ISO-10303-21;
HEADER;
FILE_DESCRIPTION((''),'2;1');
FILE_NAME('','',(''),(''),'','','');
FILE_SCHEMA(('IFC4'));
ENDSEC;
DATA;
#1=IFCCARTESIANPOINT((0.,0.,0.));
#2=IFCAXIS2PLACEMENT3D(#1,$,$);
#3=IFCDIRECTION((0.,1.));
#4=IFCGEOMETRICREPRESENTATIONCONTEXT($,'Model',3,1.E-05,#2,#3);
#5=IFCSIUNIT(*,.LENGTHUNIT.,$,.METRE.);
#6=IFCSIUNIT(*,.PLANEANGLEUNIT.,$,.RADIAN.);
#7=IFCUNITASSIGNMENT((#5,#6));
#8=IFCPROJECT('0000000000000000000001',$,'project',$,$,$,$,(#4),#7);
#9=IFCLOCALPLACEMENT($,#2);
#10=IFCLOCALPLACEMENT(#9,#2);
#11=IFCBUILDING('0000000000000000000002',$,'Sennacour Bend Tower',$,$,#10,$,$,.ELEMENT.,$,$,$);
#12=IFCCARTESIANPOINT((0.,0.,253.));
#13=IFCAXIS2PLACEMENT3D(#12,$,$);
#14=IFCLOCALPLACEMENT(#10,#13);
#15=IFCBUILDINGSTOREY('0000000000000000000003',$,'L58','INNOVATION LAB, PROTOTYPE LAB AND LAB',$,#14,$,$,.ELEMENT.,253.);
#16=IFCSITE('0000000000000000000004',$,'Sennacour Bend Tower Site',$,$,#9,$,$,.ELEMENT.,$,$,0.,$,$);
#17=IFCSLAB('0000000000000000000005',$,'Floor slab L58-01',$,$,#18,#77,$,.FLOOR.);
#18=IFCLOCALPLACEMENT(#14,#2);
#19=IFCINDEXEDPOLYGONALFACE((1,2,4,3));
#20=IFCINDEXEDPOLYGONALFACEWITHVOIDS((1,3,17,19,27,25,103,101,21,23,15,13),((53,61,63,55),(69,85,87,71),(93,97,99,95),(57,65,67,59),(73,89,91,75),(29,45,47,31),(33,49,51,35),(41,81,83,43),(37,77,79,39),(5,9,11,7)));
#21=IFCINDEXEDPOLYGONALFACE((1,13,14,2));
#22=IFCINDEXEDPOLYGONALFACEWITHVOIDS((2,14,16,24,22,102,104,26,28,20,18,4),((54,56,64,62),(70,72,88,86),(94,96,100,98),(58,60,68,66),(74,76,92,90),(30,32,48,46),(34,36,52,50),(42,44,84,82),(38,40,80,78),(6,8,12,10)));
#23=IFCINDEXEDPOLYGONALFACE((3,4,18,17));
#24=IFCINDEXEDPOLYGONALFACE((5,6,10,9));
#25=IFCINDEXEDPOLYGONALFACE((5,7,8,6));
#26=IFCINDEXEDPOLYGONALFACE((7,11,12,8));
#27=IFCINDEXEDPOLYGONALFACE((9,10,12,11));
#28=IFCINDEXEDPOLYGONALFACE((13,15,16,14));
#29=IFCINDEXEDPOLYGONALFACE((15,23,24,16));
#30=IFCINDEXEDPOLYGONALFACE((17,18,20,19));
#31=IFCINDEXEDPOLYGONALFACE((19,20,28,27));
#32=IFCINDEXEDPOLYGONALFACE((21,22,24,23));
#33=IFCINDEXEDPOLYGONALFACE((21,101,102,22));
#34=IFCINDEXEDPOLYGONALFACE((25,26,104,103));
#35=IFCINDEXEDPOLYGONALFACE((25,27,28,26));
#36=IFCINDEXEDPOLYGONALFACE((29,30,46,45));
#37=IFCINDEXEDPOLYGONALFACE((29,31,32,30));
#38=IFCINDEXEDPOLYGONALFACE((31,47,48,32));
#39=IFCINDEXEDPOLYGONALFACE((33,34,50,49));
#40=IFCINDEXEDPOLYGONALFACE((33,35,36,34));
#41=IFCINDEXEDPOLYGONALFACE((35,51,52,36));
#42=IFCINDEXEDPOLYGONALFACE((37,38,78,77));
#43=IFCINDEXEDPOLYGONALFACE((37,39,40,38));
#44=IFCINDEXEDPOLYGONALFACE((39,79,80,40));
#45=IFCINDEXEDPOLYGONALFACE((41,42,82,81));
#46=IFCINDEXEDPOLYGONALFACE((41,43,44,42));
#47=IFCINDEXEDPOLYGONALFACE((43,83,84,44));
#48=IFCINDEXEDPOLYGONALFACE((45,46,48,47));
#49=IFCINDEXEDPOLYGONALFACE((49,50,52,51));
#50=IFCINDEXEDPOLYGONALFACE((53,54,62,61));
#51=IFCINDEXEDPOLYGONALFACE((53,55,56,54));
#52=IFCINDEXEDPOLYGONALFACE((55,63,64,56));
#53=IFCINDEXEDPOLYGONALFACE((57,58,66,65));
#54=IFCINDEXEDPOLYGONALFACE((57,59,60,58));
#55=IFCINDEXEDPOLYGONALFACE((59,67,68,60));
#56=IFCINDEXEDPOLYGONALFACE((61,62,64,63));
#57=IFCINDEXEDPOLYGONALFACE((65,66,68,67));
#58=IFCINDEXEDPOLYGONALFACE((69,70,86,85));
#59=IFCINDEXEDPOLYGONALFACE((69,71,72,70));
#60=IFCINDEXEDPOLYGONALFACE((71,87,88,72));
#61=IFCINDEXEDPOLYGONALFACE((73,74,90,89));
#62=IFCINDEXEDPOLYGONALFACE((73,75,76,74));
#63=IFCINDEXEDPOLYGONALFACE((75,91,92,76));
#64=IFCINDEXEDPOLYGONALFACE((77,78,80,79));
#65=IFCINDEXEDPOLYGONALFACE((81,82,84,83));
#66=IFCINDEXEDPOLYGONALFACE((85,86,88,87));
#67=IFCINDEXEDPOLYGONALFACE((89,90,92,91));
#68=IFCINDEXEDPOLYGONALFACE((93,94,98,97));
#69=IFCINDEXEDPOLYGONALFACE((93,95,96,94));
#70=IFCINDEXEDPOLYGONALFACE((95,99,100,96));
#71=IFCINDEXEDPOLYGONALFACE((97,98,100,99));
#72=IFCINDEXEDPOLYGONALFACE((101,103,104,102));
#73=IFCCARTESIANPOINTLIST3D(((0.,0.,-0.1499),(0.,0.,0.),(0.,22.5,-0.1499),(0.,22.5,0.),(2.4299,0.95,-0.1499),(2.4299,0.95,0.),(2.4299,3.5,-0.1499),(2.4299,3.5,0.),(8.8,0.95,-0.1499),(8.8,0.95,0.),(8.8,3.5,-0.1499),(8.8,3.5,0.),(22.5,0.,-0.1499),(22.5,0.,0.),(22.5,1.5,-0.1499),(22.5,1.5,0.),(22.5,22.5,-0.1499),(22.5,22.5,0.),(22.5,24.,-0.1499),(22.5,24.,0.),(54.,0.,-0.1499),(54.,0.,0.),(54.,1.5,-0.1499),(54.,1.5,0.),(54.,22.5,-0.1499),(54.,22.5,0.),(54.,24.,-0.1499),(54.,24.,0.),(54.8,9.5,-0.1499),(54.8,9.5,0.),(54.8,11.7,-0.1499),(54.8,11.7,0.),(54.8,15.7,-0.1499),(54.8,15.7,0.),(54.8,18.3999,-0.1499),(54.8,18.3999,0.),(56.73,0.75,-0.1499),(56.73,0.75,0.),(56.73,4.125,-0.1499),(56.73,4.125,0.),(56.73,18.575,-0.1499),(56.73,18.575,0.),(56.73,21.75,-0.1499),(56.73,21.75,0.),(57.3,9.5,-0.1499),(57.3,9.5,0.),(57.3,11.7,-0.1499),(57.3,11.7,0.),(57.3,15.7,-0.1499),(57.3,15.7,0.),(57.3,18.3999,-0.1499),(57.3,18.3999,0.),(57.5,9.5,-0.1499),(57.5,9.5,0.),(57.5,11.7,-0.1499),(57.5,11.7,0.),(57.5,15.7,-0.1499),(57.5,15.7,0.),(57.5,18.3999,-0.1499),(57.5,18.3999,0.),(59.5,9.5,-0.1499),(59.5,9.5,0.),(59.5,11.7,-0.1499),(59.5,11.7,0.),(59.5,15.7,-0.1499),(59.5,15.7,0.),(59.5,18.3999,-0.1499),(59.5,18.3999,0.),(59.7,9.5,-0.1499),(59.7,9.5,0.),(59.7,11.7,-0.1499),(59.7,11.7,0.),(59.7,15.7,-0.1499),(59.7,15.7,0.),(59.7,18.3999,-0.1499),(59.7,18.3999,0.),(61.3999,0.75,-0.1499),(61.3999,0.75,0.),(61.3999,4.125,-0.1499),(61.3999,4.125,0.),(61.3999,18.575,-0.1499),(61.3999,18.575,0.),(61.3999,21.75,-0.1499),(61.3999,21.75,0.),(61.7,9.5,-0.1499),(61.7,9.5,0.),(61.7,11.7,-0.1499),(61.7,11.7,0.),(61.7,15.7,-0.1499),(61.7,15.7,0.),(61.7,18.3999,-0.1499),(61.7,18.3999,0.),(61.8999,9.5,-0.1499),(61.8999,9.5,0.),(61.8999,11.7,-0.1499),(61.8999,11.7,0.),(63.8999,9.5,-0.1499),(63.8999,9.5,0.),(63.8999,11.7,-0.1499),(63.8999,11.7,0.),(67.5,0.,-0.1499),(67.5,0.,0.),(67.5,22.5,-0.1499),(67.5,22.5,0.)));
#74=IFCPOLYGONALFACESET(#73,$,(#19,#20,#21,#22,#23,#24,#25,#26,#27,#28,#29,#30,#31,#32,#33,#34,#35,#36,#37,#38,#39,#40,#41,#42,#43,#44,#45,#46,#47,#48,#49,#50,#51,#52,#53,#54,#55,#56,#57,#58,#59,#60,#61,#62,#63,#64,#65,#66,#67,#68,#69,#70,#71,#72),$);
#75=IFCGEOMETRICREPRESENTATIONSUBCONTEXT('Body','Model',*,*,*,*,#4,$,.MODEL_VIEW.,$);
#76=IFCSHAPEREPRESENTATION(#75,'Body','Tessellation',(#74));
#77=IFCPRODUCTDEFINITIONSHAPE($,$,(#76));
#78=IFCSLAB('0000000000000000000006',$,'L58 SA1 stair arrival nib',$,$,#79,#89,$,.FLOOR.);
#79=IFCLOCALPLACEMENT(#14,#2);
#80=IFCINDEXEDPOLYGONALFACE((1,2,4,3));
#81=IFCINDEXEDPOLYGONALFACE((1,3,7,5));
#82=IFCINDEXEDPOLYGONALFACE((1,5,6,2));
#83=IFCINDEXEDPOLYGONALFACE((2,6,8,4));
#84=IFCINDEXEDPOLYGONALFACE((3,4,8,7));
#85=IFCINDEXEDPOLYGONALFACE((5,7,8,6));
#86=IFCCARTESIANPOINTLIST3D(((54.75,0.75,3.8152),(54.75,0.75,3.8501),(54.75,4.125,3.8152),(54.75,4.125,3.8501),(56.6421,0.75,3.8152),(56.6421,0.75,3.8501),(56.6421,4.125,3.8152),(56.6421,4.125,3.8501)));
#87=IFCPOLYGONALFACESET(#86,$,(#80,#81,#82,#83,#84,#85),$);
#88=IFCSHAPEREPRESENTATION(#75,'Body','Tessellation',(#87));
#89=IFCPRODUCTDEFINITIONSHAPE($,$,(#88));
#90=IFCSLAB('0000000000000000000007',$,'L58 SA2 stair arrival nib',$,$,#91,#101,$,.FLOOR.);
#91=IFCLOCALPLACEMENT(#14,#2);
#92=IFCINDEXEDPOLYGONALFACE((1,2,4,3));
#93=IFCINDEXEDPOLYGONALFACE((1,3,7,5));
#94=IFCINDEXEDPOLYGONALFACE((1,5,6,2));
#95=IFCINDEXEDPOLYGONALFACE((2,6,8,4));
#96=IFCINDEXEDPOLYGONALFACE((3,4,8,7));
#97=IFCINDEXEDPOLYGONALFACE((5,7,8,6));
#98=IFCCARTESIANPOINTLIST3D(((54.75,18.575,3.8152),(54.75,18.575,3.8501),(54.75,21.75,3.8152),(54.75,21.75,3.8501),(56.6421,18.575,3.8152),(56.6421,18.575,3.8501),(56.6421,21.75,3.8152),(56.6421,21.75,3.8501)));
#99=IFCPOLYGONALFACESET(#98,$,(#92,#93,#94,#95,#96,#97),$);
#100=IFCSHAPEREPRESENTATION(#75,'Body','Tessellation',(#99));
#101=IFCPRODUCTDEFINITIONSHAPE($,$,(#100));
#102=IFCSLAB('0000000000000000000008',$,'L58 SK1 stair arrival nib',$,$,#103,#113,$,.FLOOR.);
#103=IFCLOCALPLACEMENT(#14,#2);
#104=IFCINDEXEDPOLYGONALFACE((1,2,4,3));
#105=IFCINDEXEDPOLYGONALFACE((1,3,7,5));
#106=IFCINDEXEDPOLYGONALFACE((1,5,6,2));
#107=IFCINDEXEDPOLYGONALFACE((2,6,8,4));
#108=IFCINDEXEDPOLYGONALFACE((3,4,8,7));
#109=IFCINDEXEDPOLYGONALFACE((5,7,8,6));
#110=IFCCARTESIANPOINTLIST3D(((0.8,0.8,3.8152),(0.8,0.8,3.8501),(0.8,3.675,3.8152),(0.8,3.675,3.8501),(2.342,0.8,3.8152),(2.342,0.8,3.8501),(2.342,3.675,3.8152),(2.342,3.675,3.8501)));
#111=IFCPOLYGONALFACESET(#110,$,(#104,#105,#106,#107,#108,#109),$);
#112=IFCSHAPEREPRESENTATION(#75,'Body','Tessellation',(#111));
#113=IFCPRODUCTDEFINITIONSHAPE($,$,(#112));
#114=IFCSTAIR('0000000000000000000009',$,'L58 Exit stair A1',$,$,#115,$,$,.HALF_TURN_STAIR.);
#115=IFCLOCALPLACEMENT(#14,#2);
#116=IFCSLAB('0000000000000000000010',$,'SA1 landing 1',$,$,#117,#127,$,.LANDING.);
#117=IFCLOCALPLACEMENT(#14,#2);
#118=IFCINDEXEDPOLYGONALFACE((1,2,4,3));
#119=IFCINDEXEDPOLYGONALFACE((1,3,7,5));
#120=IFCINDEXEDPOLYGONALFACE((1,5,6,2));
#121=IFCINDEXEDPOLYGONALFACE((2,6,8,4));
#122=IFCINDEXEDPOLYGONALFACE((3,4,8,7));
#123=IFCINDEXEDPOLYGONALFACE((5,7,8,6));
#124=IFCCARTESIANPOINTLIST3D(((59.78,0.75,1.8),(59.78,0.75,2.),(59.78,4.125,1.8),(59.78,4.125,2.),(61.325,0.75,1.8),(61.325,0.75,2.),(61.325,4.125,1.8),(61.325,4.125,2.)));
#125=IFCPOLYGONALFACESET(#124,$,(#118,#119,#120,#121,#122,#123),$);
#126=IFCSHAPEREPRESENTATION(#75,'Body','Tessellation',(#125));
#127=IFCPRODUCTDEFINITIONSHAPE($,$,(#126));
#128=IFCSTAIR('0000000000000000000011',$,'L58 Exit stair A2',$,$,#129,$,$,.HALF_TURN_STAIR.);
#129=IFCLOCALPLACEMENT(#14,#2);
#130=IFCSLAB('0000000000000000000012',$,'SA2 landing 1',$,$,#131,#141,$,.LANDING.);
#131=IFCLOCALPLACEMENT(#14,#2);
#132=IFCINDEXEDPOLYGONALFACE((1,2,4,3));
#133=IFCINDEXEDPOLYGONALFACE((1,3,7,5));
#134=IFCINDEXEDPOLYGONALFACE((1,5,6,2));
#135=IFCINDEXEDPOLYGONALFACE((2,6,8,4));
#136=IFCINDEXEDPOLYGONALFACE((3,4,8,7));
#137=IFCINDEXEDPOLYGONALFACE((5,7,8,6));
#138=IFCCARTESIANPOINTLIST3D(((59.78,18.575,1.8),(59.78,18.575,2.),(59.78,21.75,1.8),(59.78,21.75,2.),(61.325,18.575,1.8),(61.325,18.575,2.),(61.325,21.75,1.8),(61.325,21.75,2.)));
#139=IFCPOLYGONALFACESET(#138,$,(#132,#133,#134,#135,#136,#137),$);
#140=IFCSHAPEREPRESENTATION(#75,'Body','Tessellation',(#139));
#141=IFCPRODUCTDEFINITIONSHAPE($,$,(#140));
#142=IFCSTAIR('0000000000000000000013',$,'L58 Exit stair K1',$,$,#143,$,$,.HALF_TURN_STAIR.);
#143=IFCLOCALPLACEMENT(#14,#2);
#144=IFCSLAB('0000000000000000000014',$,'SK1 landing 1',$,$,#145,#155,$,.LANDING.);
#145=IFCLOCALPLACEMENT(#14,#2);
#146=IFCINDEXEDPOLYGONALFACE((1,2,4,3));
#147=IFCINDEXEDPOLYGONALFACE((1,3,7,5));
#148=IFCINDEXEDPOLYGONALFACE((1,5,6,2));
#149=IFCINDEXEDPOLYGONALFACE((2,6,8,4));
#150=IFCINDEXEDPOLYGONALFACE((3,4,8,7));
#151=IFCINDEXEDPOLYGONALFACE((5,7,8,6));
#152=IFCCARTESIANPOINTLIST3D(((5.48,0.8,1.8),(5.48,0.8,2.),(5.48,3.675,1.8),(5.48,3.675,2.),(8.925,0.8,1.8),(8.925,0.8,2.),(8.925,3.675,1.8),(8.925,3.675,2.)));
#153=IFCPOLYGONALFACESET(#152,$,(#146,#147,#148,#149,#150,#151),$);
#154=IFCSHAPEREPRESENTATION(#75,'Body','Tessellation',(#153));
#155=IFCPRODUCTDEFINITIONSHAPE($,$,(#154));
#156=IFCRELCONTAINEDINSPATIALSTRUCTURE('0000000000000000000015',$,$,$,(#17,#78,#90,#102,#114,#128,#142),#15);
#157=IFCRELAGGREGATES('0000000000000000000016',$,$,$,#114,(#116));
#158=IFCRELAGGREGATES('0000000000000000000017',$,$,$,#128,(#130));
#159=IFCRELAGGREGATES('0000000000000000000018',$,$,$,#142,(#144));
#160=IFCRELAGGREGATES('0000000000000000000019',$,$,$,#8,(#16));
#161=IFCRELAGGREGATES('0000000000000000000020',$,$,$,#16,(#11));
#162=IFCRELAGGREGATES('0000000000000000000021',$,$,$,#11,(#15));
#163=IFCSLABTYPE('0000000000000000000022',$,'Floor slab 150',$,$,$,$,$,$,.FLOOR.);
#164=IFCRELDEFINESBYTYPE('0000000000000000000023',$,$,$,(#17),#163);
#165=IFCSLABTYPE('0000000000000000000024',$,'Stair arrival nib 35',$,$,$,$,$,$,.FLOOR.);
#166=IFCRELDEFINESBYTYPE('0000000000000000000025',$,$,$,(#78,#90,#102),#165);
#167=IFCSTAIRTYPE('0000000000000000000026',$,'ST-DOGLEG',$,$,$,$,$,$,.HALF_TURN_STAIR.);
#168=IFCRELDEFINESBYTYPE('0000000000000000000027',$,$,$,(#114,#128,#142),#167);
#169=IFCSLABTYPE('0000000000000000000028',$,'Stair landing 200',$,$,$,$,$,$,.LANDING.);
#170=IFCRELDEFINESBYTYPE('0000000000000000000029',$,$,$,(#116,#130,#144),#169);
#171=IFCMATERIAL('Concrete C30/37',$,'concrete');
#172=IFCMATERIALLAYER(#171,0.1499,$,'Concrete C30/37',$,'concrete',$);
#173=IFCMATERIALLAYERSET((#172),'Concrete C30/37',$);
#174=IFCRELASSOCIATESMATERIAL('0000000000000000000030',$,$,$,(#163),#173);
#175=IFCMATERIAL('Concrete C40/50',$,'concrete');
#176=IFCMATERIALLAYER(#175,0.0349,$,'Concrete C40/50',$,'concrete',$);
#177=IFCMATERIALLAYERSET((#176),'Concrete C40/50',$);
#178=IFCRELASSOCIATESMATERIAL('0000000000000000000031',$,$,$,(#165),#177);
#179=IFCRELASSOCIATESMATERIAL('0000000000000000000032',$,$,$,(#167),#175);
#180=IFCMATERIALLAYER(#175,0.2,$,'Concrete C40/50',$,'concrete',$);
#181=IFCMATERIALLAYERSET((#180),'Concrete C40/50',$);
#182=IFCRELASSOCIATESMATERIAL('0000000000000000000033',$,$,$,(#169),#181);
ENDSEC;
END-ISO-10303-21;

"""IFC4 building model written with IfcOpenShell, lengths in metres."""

from ifc_helpers import new_model, si_unit, direction, frame, origin, place, context, subcontext, project, spatial, polyline, outline, extrude, material, layer, layer_set, type_object, element, aggregate, save


model = new_model("IFC4")

# Units and contexts
model_context = context("Model", 3, precision=1e-05, world=origin(), true_north=direction((0.0, 1.0)))
body_context = subcontext(model_context, "Body", "Model", "MODEL_VIEW")
ifc_project = project(units=[si_unit("LENGTHUNIT", "METRE"), si_unit("PLANEANGLEUNIT", "RADIAN")], contexts=[model_context])

# Site, building, storey
site_placement = place(None, origin())
site = spatial("IfcSite", under=ifc_project, at=site_placement, Name="Sennacour Bend Tower Site", CompositionType="ELEMENT", RefElevation=0.0)
building_placement = place(site_placement, origin())
building = spatial("IfcBuilding", under=site, at=building_placement, Name="Sennacour Bend Tower", CompositionType="ELEMENT")
storey_placement = place(building_placement, frame((0.0, 0.0, 253.0)))
storey = spatial("IfcBuildingStorey", under=building, at=storey_placement, Name="L58", Description="INNOVATION LAB, PROTOTYPE LAB AND LAB", CompositionType="ELEMENT", Elevation=253.0)

# Slabs
ifc_material_1 = material(Name="Concrete C30/37", Category="concrete")
ifc_layer_1 = layer(ifc_material_1, 0.1499, Name="Concrete C30/37", Category="concrete")
ifc_layer_set_1 = layer_set([ifc_layer_1], Name="Concrete C30/37")
slab_type_1 = type_object("IfcSlabType", Name="Floor slab 150", PredefinedType="FLOOR", material=ifc_layer_set_1)
slab_1_placement = place(storey_placement, frame((0.0, 0.0, -0.1499)))
element("IfcSlab", 1, at=slab_1_placement, inside=storey, type_object=slab_type_1, Name="Floor slab L58-01", PredefinedType="FLOOR", context=body_context, shape_type="SweptSolid", body=[
    extrude(outline(polyline([(0.0, 0.0), (0.0, 22.5), (22.5, 22.5), (22.5, 24.0), (54.0, 24.0), (54.0, 22.5), (67.5, 22.5), (67.5, 0.0), (54.0, 0.0), (54.0, 1.5), (22.5, 1.5), (22.5, 0.0), (0.0, 0.0)]), holes=[polyline([(8.8, 3.5), (2.4299, 3.5), (2.4299, 0.95), (8.8, 0.95), (8.8, 3.5)]), polyline([(61.3999, 4.125), (56.73, 4.125), (56.73, 0.75), (61.3999, 0.75), (61.3999, 4.125)]), polyline([(57.3, 11.7), (54.8, 11.7), (54.8, 9.5), (57.3, 9.5), (57.3, 11.7)]), polyline([(59.5, 9.5), (59.5, 11.7), (57.5, 11.7), (57.5, 9.5), (59.5, 9.5)]), polyline([(61.7, 9.5), (61.7, 11.7), (59.7, 11.7), (59.7, 9.5), (61.7, 9.5)]), polyline([(63.8999, 11.7), (61.8999, 11.7), (61.8999, 9.5), (63.8999, 9.5), (63.8999, 11.7)]), polyline([(57.3, 18.3999), (54.8, 18.3999), (54.8, 15.7), (57.3, 15.7), (57.3, 18.3999)]), polyline([(59.5, 18.3999), (57.5, 18.3999), (57.5, 15.7), (59.5, 15.7), (59.5, 18.3999)]), polyline([(61.7, 15.7), (61.7, 18.3999), (59.7, 18.3999), (59.7, 15.7), (61.7, 15.7)]), polyline([(61.3999, 18.575), (61.3999, 21.75), (56.73, 21.75), (56.73, 18.575), (61.3999, 18.575)])]), origin(), (0.0, 0.0, 1.0), 0.1499),
])
ifc_material_2 = material(Name="Concrete C40/50", Category="concrete")
ifc_layer_2 = layer(ifc_material_2, 0.0349, Name="Concrete C40/50", Category="concrete")
ifc_layer_set_2 = layer_set([ifc_layer_2], Name="Concrete C40/50")
slab_type_2 = type_object("IfcSlabType", Name="Stair arrival nib 35", PredefinedType="FLOOR", material=ifc_layer_set_2)
slab_2_placement = place(storey_placement, frame((0.0, 0.0, 3.8152)))
element("IfcSlab", 2, at=slab_2_placement, inside=storey, type_object=slab_type_2, Name="L58 SA1 stair arrival nib", PredefinedType="FLOOR", context=body_context, shape_type="SweptSolid", body=[
    extrude(outline(polyline([(56.6421, 4.125), (54.75, 4.125), (54.75, 0.75), (56.6421, 0.75), (56.6421, 4.125)])), origin(), (0.0, 0.0, 1.0), 0.0349),
])
slab_3_placement = place(storey_placement, frame((0.0, 0.0, 3.8152)))
element("IfcSlab", 3, at=slab_3_placement, inside=storey, type_object=slab_type_2, Name="L58 SA2 stair arrival nib", PredefinedType="FLOOR", context=body_context, shape_type="SweptSolid", body=[
    extrude(outline(polyline([(56.6421, 21.75), (54.75, 21.75), (54.75, 18.575), (56.6421, 18.575), (56.6421, 21.75)])), origin(), (0.0, 0.0, 1.0), 0.0349),
])
slab_4_placement = place(storey_placement, frame((0.0, 0.0, 3.8152)))
element("IfcSlab", 4, at=slab_4_placement, inside=storey, type_object=slab_type_2, Name="L58 SK1 stair arrival nib", PredefinedType="FLOOR", context=body_context, shape_type="SweptSolid", body=[
    extrude(outline(polyline([(2.342, 3.675), (0.8, 3.675), (0.8, 0.8), (2.342, 0.8), (2.342, 3.675)])), origin(), (0.0, 0.0, 1.0), 0.0349),
])

# Stairs, slabs
stair_type = type_object("IfcStairType", Name="ST-DOGLEG", PredefinedType="HALF_TURN_STAIR", material=ifc_material_2)
stair_1_placement = place(storey_placement, origin())
stair_1 = element("IfcStair", 5, at=stair_1_placement, inside=storey, type_object=stair_type, Name="L58 Exit stair A1", PredefinedType="HALF_TURN_STAIR")
ifc_layer_3 = layer(ifc_material_2, 0.2, Name="Concrete C40/50", Category="concrete")
ifc_layer_set_3 = layer_set([ifc_layer_3], Name="Concrete C40/50")
slab_type_3 = type_object("IfcSlabType", Name="Stair landing 200", PredefinedType="LANDING", material=ifc_layer_set_3)
slab_5_placement = place(storey_placement, frame((0.0, 0.0, 1.8)))
slab_5 = element("IfcSlab", 6, at=slab_5_placement, type_object=slab_type_3, Name="SA1 landing 1", PredefinedType="LANDING", context=body_context, shape_type="SweptSolid", body=[
    extrude(outline(polyline([(59.78, 0.75), (61.325, 0.75), (61.325, 4.125), (59.78, 4.125), (59.78, 0.75)])), origin(), (0.0, 0.0, 1.0), 0.2),
])
aggregate(stair_1, [slab_5])
stair_2_placement = place(storey_placement, origin())
stair_2 = element("IfcStair", 7, at=stair_2_placement, inside=storey, type_object=stair_type, Name="L58 Exit stair A2", PredefinedType="HALF_TURN_STAIR")
slab_6_placement = place(storey_placement, frame((0.0, 0.0, 1.8)))
slab_6 = element("IfcSlab", 8, at=slab_6_placement, type_object=slab_type_3, Name="SA2 landing 1", PredefinedType="LANDING", context=body_context, shape_type="SweptSolid", body=[
    extrude(outline(polyline([(59.78, 18.575), (61.325, 18.575), (61.325, 21.75), (59.78, 21.75), (59.78, 18.575)])), origin(), (0.0, 0.0, 1.0), 0.2),
])
aggregate(stair_2, [slab_6])
stair_3_placement = place(storey_placement, origin())
stair_3 = element("IfcStair", 9, at=stair_3_placement, inside=storey, type_object=stair_type, Name="L58 Exit stair K1", PredefinedType="HALF_TURN_STAIR")
slab_7_placement = place(storey_placement, frame((0.0, 0.0, 1.8)))
slab_7 = element("IfcSlab", 10, at=slab_7_placement, type_object=slab_type_3, Name="SK1 landing 1", PredefinedType="LANDING", context=body_context, shape_type="SweptSolid", body=[
    extrude(outline(polyline([(5.48, 0.8), (8.925, 0.8), (8.925, 3.675), (5.48, 3.675), (5.48, 0.8)])), origin(), (0.0, 0.0, 1.0), 0.2),
])

aggregate(stair_3, [slab_7])

save(model, "model.ifc")
